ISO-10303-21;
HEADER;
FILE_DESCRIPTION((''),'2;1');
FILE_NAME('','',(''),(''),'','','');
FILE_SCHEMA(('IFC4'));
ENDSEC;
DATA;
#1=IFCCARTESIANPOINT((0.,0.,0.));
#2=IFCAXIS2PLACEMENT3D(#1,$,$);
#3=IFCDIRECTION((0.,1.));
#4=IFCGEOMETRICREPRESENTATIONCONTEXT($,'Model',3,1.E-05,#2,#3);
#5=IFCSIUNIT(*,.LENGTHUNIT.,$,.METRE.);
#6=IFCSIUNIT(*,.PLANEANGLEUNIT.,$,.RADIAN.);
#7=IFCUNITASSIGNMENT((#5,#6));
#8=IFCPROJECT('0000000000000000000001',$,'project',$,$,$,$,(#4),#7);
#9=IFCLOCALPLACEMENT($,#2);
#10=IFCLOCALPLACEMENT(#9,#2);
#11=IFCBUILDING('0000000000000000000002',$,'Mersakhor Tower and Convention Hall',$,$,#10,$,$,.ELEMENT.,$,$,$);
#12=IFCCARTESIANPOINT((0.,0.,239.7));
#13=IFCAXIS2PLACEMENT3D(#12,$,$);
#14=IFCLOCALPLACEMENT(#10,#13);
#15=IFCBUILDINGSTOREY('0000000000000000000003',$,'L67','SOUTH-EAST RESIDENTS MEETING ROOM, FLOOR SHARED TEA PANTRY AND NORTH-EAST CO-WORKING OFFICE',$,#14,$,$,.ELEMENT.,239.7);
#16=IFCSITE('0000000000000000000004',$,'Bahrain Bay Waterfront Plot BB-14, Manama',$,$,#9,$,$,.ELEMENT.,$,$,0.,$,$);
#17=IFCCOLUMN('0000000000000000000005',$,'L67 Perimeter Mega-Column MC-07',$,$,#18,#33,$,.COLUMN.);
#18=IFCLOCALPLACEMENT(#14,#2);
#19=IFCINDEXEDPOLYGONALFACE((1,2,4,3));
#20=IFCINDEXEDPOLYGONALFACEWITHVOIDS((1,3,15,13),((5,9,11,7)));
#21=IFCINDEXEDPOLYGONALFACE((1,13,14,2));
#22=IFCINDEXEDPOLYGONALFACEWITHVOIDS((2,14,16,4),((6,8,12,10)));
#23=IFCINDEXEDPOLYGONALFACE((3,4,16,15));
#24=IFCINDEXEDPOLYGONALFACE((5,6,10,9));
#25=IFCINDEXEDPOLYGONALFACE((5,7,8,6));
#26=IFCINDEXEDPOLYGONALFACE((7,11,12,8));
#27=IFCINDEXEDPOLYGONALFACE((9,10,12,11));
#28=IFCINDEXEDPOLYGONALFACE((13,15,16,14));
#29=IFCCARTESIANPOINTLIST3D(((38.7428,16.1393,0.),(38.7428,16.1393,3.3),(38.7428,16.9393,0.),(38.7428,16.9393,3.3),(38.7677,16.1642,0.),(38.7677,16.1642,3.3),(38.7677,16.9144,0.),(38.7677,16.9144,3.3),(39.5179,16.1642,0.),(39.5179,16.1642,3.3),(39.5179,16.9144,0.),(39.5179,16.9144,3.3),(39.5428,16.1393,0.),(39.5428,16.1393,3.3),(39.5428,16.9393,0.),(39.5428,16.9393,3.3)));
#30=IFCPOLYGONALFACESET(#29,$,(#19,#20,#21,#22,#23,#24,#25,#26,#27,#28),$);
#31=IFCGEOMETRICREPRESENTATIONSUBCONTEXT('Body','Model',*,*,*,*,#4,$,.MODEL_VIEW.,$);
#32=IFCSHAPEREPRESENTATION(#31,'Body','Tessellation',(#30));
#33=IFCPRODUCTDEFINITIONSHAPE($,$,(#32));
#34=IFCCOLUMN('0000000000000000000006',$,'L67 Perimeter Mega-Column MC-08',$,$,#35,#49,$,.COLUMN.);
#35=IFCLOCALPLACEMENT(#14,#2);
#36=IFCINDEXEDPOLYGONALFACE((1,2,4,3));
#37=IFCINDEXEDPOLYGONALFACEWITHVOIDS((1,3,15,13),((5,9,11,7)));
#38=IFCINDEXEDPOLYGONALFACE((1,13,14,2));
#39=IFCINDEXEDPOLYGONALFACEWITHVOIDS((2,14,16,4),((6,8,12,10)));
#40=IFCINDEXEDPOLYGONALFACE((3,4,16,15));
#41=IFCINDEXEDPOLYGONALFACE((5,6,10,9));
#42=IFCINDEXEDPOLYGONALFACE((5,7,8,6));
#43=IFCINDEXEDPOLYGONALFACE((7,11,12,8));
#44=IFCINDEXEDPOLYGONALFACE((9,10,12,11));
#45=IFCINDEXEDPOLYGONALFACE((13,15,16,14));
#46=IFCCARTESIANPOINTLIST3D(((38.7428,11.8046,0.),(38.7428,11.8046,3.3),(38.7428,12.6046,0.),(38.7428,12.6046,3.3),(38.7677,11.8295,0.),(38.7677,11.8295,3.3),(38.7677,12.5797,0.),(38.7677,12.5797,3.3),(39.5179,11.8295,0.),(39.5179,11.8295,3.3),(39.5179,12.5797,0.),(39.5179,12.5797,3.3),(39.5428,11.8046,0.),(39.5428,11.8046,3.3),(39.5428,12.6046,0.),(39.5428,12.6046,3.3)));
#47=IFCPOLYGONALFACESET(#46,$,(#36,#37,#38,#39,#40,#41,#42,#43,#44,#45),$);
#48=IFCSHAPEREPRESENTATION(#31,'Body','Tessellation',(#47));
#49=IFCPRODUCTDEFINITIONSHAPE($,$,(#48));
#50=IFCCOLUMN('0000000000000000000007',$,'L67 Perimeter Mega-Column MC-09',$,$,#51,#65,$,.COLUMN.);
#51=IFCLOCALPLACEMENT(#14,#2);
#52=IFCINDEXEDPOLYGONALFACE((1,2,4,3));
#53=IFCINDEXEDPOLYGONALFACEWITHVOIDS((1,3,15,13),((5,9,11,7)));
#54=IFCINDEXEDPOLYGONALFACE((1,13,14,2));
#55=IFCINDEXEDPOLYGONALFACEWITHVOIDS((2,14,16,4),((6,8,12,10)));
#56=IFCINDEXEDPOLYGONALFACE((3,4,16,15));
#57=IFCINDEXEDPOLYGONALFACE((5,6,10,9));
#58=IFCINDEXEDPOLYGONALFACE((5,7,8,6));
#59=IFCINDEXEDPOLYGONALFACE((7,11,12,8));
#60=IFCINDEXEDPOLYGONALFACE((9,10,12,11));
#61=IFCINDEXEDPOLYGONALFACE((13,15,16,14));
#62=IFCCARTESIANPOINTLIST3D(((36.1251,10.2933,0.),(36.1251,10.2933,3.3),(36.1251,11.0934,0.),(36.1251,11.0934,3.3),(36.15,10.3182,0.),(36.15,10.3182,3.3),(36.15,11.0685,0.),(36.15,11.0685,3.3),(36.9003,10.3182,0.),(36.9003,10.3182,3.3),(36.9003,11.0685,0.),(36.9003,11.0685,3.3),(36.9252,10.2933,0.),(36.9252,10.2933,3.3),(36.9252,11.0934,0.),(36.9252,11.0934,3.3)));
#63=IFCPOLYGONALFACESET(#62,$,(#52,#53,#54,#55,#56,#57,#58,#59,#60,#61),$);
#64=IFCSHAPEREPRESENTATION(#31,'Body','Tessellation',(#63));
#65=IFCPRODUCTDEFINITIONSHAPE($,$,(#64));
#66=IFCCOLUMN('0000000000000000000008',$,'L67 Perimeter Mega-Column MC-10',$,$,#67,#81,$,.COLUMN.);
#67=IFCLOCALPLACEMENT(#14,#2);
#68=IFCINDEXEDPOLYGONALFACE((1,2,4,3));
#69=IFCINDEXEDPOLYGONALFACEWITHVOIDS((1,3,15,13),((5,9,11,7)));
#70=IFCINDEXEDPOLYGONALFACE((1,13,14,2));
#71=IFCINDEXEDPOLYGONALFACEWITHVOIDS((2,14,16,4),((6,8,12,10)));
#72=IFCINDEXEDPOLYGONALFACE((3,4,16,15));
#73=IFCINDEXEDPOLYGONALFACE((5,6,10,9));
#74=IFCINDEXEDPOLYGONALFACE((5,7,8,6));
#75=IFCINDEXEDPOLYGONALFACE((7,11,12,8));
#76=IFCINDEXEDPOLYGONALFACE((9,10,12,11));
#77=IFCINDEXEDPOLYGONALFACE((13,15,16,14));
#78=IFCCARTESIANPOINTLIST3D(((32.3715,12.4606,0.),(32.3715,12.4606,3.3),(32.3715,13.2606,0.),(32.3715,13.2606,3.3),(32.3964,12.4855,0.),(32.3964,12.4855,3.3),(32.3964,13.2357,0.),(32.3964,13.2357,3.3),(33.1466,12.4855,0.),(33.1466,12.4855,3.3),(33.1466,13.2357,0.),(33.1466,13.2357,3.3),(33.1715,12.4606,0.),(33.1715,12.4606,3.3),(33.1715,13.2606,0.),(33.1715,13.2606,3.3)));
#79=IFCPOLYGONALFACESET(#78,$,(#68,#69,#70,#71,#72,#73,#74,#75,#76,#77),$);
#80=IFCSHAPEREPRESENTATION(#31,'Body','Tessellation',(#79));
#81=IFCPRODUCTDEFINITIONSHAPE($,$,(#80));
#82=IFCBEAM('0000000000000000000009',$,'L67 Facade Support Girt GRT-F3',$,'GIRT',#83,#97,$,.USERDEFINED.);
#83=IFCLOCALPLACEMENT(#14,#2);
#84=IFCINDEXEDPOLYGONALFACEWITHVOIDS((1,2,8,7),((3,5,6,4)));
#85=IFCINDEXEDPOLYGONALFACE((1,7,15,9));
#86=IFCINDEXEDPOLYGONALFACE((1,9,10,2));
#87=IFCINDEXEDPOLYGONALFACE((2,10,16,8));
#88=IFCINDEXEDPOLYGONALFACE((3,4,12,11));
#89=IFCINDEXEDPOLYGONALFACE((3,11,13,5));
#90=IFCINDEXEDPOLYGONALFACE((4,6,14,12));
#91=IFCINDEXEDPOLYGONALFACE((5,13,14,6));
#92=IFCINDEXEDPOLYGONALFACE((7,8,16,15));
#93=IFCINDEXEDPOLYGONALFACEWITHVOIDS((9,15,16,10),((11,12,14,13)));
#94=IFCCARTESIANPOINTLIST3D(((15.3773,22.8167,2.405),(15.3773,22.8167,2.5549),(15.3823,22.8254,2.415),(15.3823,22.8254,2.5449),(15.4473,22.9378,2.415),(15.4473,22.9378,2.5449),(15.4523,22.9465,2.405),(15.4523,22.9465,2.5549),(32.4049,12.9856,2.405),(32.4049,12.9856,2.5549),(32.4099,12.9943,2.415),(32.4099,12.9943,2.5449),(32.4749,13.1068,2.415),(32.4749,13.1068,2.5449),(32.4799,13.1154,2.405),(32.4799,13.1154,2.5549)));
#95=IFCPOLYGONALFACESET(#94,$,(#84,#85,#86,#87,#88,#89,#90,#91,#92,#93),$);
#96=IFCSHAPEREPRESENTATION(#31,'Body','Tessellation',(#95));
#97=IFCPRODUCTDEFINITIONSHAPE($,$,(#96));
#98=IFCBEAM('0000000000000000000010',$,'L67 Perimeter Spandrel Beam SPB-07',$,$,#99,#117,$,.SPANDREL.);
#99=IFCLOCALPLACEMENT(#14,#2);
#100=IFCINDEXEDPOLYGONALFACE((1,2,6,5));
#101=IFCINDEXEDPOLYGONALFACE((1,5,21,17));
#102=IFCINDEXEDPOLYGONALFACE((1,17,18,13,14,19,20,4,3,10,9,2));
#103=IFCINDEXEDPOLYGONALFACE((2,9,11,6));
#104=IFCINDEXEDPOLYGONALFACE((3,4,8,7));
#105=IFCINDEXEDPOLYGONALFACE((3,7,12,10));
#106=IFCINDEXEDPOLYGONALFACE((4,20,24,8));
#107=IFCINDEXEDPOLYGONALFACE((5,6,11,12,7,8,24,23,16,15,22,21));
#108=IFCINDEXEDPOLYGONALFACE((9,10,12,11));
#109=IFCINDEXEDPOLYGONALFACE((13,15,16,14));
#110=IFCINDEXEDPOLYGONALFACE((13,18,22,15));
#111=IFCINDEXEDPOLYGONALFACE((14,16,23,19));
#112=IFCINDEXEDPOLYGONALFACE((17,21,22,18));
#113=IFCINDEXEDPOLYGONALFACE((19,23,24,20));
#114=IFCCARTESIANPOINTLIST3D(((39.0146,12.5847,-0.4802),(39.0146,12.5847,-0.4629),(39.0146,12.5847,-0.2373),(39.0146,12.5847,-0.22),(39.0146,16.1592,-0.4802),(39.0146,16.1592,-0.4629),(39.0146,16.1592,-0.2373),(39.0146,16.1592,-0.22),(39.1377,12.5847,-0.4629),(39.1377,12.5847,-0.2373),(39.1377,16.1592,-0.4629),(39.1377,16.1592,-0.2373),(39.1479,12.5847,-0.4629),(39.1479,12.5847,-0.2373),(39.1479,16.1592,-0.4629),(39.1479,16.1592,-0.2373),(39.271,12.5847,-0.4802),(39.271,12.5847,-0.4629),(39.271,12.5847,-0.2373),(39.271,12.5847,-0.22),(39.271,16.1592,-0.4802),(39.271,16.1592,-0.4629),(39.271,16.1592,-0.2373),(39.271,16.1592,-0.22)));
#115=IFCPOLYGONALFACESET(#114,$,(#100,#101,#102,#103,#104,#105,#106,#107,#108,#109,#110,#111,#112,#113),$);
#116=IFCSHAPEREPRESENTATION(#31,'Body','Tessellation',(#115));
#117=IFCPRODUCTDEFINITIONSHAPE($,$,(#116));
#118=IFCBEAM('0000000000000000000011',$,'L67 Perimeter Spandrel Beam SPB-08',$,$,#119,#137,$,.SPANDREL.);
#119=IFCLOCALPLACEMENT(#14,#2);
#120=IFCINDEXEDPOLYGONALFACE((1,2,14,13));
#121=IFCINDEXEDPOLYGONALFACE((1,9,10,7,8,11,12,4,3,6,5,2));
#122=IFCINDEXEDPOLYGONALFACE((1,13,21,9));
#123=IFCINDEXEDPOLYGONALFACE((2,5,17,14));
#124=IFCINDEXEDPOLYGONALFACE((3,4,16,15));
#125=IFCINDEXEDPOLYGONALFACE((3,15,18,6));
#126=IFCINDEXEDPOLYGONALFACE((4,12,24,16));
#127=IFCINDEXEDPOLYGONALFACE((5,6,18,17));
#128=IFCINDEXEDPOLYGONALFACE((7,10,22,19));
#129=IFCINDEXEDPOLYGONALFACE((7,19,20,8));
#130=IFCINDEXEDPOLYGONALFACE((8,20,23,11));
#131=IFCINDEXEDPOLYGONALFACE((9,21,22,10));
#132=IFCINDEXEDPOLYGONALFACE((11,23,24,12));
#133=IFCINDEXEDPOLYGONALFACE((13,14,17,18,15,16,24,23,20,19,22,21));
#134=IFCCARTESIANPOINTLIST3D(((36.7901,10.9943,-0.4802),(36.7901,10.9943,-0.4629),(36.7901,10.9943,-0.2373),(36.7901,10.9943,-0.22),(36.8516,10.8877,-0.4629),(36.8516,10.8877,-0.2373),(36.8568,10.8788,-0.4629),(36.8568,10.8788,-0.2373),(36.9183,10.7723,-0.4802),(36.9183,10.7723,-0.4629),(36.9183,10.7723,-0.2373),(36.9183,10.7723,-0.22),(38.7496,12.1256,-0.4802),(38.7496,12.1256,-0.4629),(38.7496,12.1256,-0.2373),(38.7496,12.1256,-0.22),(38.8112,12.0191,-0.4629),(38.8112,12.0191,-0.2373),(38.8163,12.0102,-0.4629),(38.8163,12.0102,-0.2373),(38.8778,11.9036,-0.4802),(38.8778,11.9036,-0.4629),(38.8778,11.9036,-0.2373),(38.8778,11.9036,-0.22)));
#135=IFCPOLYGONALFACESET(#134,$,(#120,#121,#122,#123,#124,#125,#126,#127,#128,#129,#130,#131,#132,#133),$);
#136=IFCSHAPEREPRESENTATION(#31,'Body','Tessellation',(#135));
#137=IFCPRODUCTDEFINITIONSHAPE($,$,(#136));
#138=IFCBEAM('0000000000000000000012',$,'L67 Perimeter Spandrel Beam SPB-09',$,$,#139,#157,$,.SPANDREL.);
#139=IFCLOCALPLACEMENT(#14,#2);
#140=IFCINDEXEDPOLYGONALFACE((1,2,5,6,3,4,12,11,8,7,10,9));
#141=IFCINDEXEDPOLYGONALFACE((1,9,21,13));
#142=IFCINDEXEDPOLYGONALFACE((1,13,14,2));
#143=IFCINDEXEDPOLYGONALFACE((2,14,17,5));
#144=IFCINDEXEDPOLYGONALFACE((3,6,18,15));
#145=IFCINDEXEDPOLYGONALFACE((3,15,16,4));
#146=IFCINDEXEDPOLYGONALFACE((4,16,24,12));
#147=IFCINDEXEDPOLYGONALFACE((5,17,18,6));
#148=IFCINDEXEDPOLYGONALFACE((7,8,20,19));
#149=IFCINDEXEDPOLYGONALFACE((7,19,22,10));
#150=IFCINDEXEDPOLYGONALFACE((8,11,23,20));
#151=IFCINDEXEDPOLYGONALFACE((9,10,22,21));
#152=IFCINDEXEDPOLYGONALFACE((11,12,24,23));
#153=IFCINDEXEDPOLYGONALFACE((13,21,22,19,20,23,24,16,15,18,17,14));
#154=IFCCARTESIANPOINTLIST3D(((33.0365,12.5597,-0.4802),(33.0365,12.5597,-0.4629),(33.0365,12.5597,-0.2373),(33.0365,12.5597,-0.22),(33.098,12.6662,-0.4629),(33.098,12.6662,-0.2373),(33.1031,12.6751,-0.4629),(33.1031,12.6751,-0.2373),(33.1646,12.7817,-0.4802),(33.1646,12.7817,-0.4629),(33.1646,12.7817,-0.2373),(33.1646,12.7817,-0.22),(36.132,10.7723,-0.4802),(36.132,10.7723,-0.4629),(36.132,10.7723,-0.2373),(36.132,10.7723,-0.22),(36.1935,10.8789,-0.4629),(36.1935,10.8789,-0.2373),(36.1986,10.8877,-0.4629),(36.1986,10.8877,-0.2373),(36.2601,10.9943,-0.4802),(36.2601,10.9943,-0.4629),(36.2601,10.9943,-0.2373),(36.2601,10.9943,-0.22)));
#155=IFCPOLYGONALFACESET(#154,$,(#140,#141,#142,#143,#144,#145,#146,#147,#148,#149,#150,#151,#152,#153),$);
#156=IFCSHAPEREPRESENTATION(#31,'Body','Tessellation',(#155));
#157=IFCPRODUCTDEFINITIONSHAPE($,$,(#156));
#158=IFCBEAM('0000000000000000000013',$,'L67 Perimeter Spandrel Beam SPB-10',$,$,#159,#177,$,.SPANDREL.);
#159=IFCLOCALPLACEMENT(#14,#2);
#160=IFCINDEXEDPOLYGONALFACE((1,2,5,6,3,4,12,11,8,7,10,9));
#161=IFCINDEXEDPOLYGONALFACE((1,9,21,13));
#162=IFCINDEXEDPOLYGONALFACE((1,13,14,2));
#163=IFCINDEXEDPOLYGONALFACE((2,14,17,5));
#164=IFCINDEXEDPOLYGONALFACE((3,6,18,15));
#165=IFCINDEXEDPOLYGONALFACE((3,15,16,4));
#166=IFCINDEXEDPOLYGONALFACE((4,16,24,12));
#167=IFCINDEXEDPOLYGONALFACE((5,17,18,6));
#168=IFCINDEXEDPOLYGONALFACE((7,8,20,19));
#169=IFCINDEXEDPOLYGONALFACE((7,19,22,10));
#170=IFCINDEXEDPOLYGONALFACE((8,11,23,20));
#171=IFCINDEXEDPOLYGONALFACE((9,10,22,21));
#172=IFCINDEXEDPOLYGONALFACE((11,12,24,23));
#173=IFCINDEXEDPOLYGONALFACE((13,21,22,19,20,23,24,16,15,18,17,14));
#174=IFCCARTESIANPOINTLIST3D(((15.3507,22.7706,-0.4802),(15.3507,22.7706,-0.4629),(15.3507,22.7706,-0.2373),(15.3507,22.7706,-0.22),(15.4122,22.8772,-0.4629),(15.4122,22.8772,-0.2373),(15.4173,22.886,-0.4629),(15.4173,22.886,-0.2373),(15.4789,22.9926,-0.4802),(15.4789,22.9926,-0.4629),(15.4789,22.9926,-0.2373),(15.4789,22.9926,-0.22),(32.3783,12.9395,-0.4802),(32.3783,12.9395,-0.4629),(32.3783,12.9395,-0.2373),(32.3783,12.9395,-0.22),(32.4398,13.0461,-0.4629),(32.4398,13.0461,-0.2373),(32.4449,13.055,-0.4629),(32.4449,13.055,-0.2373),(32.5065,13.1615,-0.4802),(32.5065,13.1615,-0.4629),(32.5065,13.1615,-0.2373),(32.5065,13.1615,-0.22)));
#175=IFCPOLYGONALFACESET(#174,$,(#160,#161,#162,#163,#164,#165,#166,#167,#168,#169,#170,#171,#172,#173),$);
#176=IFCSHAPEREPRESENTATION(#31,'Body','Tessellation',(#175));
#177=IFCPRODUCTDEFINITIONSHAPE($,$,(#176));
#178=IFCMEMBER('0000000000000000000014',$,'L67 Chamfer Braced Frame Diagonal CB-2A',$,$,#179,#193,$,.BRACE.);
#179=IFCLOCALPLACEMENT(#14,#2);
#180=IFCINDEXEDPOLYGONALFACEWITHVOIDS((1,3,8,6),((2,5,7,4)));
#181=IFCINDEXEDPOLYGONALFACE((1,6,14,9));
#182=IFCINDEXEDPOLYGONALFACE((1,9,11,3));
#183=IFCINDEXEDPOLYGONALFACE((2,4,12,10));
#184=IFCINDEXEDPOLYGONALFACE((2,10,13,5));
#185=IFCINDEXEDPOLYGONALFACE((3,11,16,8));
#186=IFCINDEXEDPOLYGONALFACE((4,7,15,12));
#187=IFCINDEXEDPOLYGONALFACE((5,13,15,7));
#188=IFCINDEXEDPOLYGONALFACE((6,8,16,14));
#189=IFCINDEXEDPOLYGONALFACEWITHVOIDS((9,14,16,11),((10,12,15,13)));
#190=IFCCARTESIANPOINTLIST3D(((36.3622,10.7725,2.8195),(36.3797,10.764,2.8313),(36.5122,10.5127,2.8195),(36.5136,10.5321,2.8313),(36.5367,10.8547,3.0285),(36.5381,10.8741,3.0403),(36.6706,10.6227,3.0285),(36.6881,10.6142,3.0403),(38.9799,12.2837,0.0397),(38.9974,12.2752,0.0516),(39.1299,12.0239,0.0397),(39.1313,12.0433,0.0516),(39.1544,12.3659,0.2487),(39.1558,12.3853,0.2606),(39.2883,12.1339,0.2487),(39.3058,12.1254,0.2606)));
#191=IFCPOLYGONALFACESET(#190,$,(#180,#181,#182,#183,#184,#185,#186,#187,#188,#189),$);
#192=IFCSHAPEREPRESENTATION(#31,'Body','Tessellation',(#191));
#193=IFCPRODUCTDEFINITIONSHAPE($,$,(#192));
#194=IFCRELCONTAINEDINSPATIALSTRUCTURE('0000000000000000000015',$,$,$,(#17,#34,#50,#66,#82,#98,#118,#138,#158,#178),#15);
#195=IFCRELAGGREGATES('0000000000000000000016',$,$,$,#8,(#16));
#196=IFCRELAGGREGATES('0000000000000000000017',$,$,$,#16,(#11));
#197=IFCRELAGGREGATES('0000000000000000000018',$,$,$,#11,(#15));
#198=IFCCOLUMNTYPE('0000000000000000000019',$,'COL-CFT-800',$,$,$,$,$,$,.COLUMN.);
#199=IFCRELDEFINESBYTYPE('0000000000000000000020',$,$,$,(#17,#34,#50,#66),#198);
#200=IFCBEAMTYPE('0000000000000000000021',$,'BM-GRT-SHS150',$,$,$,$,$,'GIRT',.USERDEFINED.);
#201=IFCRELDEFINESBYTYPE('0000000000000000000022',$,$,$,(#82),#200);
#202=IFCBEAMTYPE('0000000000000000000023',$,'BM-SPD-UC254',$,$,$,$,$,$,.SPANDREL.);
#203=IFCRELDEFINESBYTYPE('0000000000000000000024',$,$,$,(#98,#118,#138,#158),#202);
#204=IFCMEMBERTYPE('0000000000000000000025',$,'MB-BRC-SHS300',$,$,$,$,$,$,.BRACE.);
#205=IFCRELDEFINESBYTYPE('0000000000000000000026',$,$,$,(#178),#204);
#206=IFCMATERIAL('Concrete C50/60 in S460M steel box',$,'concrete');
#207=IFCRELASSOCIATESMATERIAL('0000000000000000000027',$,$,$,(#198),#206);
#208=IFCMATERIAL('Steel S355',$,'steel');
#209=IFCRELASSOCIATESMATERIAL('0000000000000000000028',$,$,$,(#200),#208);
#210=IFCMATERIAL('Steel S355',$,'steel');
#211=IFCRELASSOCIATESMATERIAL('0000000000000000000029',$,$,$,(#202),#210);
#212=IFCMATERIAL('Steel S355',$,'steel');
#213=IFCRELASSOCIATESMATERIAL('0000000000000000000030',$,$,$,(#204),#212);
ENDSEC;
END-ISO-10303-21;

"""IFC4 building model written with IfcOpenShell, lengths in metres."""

from ifc_helpers import new_model, si_unit, direction, frame, origin, origin_2d, place, context, subcontext, project, spatial, hollow_rectangle, i_section, extrude, material, material_profile, profile_set, type_object, element, save


model = new_model("IFC4")

# Units and contexts
model_context = context("Model", 3, precision=1e-05, world=origin(), true_north=direction((0.0, 1.0)))
body_context = subcontext(model_context, "Body", "Model", "MODEL_VIEW")
ifc_project = project(units=[si_unit("LENGTHUNIT", "METRE"), si_unit("PLANEANGLEUNIT", "RADIAN")], contexts=[model_context])

# Site, building, storey
site_placement = place(None, origin())
site = spatial("IfcSite", under=ifc_project, at=site_placement, Name="Bahrain Bay Waterfront Plot BB-14, Manama", CompositionType="ELEMENT", RefElevation=0.0)
building_placement = place(site_placement, origin())
building = spatial("IfcBuilding", under=site, at=building_placement, Name="Mersakhor Tower and Convention Hall", CompositionType="ELEMENT")
storey_placement = place(building_placement, frame((0.0, 0.0, 239.7)))
storey = spatial("IfcBuildingStorey", under=building, at=storey_placement, Name="L67", Description="SOUTH-EAST RESIDENTS MEETING ROOM, FLOOR SHARED TEA PANTRY AND NORTH-EAST CO-WORKING OFFICE", CompositionType="ELEMENT", Elevation=239.7)

# Columns
ifc_material_1 = material(Name="Concrete C50/60 in S460M steel box", Category="concrete")
ifc_material_profile_1 = material_profile(ifc_material_1, hollow_rectangle(XDim=0.8, YDim=0.8, WallThickness=0.0249, at=origin_2d()), Name="SHS 800x800x25")
ifc_profile_set_1 = profile_set([ifc_material_profile_1], Name="Concrete C50/60 in S460M steel box")
column_type = type_object("IfcColumnType", Name="COL-CFT-800", PredefinedType="COLUMN", material=ifc_profile_set_1)
for number, where, z_axis, x_axis, name in (
    (1, (39.1428, 16.5393, 0.0), (0.0, 0.0, 1.0), (1.0, 0.0, 0.0), "L67 Perimeter Mega-Column MC-07"),
    (2, (39.1428, 12.2046, 0.0), (0.0, 0.0, 1.0), (1.0, 0.0, 0.0), "L67 Perimeter Mega-Column MC-08"),
    (3, (36.5251, 10.6934, 0.0), (0.0, 0.0, 1.0), (1.0, 0.0, 0.0), "L67 Perimeter Mega-Column MC-09"),
    (4, (32.7715, 12.8606, 0.0), (0.0, 0.0, 1.0), (1.0, 0.0, 0.0), "L67 Perimeter Mega-Column MC-10"),
):
    element("IfcColumn", number, at=place(storey_placement, frame(where, z_axis=z_axis, x_axis=x_axis)), inside=storey, type_object=column_type, Name=name, PredefinedType="COLUMN", context=body_context, shape_type="SweptSolid", body=[
        extrude(hollow_rectangle(XDim=0.8, YDim=0.8, WallThickness=0.0249, at=origin_2d()), origin(), (0.0, 0.0, 1.0), 3.3),
    ])

# Beams
ifc_material_2 = material(Name="Steel S355", Category="steel")
ifc_material_profile_2 = material_profile(ifc_material_2, hollow_rectangle(XDim=0.1499, YDim=0.1499, WallThickness=0.01, at=origin_2d()), Name="SHS 150x150x10")
ifc_profile_set_2 = profile_set([ifc_material_profile_2], Name="Steel S355")
beam_type_1 = type_object("IfcBeamType", Name="BM-GRT-SHS150", ElementType="GIRT", PredefinedType="USERDEFINED", material=ifc_profile_set_2)
beam_1_placement = place(storey_placement, frame((32.4424, 13.0505, 2.48), z_axis=(-0.866022, 0.500007, 0.0), x_axis=(-0.500007, -0.866022, 0.0)))
element("IfcBeam", 5, at=beam_1_placement, inside=storey, type_object=beam_type_1, Name="L67 Facade Support Girt GRT-F3", ObjectType="GIRT", PredefinedType="USERDEFINED", context=body_context, shape_type="SweptSolid", body=[
    extrude(hollow_rectangle(XDim=0.1499, YDim=0.1499, WallThickness=0.01, at=origin_2d()), origin(), (0.0, 0.0, 1.0), 19.6619),
])
ifc_material_3 = material(Name="Steel S355", Category="steel")
ifc_material_profile_3 = material_profile(ifc_material_3, i_section(OverallWidth=0.2563, OverallDepth=0.2603, WebThickness=0.0103, FlangeThickness=0.0173, at=origin_2d()), Name="UC 254x254x89")
ifc_profile_set_3 = profile_set([ifc_material_profile_3], Name="Steel S355")
beam_type_2 = type_object("IfcBeamType", Name="BM-SPD-UC254", PredefinedType="SPANDREL", material=ifc_profile_set_3)
beam_2_placement = place(storey_placement, frame((39.1428, 16.1592, -0.3501), z_axis=(0.0, -1.0, 0.0), x_axis=(1.0, 0.0, 0.0)))
element("IfcBeam", 6, at=beam_2_placement, inside=storey, type_object=beam_type_2, Name="L67 Perimeter Spandrel Beam SPB-07", PredefinedType="SPANDREL", context=body_context, shape_type="SweptSolid", body=[
    extrude(i_section(OverallWidth=0.2563, OverallDepth=0.2603, WebThickness=0.0103, FlangeThickness=0.0173, at=origin_2d()), origin(), (0.0, 0.0, 1.0), 3.5745),
])
beam_3_placement = place(storey_placement, frame((38.8137, 12.0146, -0.3501), z_axis=(-0.866017, -0.500015, 0.0), x_axis=(0.500015, -0.866017, 0.0)))
element("IfcBeam", 7, at=beam_3_placement, inside=storey, type_object=beam_type_2, Name="L67 Perimeter Spandrel Beam SPB-08", PredefinedType="SPANDREL", context=body_context, shape_type="SweptSolid", body=[
    extrude(i_section(OverallWidth=0.2563, OverallDepth=0.2603, WebThickness=0.0103, FlangeThickness=0.0173, at=origin_2d()), origin(), (0.0, 0.0, 1.0), 2.2627),
])
beam_4_placement = place(storey_placement, frame((36.196, 10.8833, -0.3501), z_axis=(-0.866002, 0.50004, 0.0), x_axis=(-0.50004, -0.866002, 0.0)))
element("IfcBeam", 8, at=beam_4_placement, inside=storey, type_object=beam_type_2, Name="L67 Perimeter Spandrel Beam SPB-09", PredefinedType="SPANDREL", context=body_context, shape_type="SweptSolid", body=[
    extrude(i_section(OverallWidth=0.2563, OverallDepth=0.2603, WebThickness=0.0103, FlangeThickness=0.0173, at=origin_2d()), origin(), (0.0, 0.0, 1.0), 3.5745),
])
beam_5_placement = place(storey_placement, frame((32.4424, 13.0505, -0.3501), z_axis=(-0.866022, 0.500007, 0.0), x_axis=(-0.500007, -0.866022, 0.0)))
element("IfcBeam", 9, at=beam_5_placement, inside=storey, type_object=beam_type_2, Name="L67 Perimeter Spandrel Beam SPB-10", PredefinedType="SPANDREL", context=body_context, shape_type="SweptSolid", body=[
    extrude(i_section(OverallWidth=0.2563, OverallDepth=0.2603, WebThickness=0.0103, FlangeThickness=0.0173, at=origin_2d()), origin(), (0.0, 0.0, 1.0), 19.6619),
])

# Member
ifc_material_4 = material(Name="Steel S355", Category="steel")
ifc_material_profile_4 = material_profile(ifc_material_4, hollow_rectangle(XDim=0.3, YDim=0.3, WallThickness=0.0161, at=origin_2d()), Name="SHS 300x300x16")
ifc_profile_set_4 = profile_set([ifc_material_profile_4], Name="Steel S355")
member_type = type_object("IfcMemberType", Name="MB-BRC-SHS300", PredefinedType="BRACE", material=ifc_profile_set_4)
member_1_placement = place(storey_placement, frame((39.1428, 12.2046, 0.1501), z_axis=(-0.637449, -0.36801, 0.676925), x_axis=(0.499979, -0.866038, 0.0)))
element("IfcMember", 10, at=member_1_placement, inside=storey, type_object=member_type, Name="L67 Chamfer Braced Frame Diagonal CB-2A", PredefinedType="BRACE", context=body_context, shape_type="SweptSolid", body=[
    extrude(hollow_rectangle(XDim=0.3, YDim=0.3, WallThickness=0.0161, at=origin_2d()), origin(), (0.0, 0.0, 1.0), 4.1064),
])

save(model, "model.ifc")
